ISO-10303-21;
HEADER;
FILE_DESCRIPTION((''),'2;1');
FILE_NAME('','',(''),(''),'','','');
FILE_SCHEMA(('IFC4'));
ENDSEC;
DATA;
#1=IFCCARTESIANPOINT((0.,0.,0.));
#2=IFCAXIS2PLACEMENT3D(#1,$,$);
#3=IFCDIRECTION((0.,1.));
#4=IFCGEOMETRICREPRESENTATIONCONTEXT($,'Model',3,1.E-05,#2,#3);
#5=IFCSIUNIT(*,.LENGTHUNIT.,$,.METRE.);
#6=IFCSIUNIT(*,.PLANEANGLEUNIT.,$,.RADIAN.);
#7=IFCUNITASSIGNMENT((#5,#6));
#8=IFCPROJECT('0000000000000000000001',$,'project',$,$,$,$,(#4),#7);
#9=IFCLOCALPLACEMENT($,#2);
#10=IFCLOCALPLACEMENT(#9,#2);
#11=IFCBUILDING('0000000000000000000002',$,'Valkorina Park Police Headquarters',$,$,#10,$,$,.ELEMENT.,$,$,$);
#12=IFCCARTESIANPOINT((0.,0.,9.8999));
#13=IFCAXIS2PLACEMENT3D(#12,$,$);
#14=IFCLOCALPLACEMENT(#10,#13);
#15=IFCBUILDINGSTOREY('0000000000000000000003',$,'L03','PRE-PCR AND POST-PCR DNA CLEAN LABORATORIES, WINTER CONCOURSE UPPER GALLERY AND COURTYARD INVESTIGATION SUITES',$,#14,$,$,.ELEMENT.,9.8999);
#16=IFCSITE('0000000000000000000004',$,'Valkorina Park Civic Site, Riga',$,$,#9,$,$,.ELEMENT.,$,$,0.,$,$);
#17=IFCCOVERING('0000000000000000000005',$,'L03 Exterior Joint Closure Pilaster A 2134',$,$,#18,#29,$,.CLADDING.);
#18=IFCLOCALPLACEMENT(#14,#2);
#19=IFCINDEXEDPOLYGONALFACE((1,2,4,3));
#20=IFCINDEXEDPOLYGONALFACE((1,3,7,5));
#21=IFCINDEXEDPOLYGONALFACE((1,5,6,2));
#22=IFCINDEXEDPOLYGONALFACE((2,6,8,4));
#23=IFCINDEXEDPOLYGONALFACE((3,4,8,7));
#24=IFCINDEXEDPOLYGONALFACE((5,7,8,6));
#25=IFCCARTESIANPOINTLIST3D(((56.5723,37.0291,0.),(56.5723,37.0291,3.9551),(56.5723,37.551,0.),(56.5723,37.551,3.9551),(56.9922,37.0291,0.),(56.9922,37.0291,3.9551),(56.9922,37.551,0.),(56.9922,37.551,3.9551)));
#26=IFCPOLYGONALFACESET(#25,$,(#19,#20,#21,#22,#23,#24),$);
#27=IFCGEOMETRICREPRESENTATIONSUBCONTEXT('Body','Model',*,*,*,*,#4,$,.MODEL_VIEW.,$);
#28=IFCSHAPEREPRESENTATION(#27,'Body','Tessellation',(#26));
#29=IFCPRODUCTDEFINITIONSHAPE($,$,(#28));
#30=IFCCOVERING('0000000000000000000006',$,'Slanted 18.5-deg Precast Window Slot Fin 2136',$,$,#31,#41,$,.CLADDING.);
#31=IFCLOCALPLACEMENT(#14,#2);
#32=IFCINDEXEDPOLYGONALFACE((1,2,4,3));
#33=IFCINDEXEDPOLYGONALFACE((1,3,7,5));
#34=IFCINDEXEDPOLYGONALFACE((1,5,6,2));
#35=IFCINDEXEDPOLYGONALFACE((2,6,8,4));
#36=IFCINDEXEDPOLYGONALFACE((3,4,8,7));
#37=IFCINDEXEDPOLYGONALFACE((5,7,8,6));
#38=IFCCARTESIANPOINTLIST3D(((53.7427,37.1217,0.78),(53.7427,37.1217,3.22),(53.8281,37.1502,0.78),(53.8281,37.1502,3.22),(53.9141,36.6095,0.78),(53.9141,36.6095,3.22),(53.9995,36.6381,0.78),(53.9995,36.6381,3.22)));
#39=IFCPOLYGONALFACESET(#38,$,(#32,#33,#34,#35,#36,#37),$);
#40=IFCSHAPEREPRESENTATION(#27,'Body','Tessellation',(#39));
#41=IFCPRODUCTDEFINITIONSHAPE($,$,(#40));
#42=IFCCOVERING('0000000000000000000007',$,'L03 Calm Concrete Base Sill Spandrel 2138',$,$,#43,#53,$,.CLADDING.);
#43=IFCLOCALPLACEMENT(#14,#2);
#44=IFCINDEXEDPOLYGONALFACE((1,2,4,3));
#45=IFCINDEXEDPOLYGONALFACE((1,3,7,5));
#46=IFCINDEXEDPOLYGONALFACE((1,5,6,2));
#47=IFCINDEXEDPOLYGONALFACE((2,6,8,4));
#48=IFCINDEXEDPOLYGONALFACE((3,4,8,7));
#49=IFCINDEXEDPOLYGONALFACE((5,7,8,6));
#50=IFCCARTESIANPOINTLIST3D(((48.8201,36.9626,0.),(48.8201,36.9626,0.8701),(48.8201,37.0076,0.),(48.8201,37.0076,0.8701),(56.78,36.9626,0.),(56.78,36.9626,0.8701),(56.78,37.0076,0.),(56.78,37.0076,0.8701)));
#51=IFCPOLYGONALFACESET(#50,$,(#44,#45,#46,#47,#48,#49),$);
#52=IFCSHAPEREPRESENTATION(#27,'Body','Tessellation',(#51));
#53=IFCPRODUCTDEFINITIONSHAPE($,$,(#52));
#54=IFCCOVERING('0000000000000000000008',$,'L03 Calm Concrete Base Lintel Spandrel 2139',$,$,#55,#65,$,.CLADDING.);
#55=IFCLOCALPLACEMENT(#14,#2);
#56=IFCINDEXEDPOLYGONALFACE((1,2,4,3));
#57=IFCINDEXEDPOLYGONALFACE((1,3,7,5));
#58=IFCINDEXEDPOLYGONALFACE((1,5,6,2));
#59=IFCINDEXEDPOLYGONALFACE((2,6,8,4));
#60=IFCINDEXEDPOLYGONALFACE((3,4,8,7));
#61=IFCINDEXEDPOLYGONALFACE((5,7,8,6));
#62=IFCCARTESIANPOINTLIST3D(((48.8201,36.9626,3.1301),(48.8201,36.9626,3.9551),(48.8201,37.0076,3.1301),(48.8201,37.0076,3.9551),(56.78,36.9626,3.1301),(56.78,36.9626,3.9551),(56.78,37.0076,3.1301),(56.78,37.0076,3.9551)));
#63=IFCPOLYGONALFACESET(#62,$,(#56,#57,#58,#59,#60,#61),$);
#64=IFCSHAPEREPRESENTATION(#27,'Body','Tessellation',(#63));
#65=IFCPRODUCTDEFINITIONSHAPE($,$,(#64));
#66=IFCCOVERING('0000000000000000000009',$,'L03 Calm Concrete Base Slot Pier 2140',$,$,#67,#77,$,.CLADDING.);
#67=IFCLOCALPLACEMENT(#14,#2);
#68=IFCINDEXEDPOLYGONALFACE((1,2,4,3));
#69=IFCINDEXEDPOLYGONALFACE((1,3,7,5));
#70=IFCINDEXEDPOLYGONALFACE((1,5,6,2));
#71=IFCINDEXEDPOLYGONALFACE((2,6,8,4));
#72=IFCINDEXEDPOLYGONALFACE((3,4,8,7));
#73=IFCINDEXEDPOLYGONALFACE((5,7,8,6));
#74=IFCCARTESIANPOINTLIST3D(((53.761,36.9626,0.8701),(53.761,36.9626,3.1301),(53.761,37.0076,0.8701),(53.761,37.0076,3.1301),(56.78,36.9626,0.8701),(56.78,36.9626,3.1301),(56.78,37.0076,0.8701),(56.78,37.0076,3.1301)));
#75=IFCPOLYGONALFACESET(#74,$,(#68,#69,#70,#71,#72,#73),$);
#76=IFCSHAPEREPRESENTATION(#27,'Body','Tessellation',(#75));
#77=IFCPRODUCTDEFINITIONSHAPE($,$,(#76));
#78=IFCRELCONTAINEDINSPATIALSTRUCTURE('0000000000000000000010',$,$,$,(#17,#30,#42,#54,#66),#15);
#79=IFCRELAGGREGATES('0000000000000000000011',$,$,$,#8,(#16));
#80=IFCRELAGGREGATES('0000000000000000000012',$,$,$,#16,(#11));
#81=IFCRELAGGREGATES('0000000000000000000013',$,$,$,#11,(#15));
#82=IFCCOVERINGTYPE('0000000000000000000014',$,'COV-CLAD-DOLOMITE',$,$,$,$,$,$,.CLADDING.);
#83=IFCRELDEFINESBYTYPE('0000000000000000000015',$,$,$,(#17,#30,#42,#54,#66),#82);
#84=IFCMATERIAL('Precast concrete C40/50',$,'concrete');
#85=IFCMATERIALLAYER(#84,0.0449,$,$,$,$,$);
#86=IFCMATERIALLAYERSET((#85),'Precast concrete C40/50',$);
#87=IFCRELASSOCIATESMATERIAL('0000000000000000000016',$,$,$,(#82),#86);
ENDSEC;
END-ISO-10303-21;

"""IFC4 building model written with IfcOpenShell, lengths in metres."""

from ifc_helpers import new_model, si_unit, direction, frame, frame_2d, origin, origin_2d, place, context, subcontext, project, spatial, rectangle, extrude, material, layer, layer_set, type_object, element, save


model = new_model("IFC4")

# Units and contexts
model_context = context("Model", 3, precision=1e-05, world=origin(), true_north=direction((0.0, 1.0)))
body_context = subcontext(model_context, "Body", "Model", "MODEL_VIEW")
ifc_project = project(units=[si_unit("LENGTHUNIT", "METRE"), si_unit("PLANEANGLEUNIT", "RADIAN")], contexts=[model_context])

# Site, building, storey
site_placement = place(None, origin())
site = spatial("IfcSite", under=ifc_project, at=site_placement, Name="Valkorina Park Civic Site, Riga", CompositionType="ELEMENT", RefElevation=0.0)
building_placement = place(site_placement, origin())
building = spatial("IfcBuilding", under=site, at=building_placement, Name="Valkorina Park Police Headquarters", CompositionType="ELEMENT")
storey_placement = place(building_placement, frame((0.0, 0.0, 9.8999)))
storey = spatial("IfcBuildingStorey", under=building, at=storey_placement, Name="L03", Description="PRE-PCR AND POST-PCR DNA CLEAN LABORATORIES, WINTER CONCOURSE UPPER GALLERY AND COURTYARD INVESTIGATION SUITES", CompositionType="ELEMENT", Elevation=9.8999)

# Coverings
ifc_material_1 = material(Name="Precast concrete C40/50", Category="concrete")
ifc_layer_1 = layer(ifc_material_1, 0.0449)
ifc_layer_set_1 = layer_set([ifc_layer_1], Name="Precast concrete C40/50")
covering_type = type_object("IfcCoveringType", Name="COV-CLAD-DOLOMITE", PredefinedType="CLADDING", material=ifc_layer_set_1)
covering_1_placement = place(storey_placement, frame((56.7822, 37.29, 0.0), z_axis=(0.0, 0.0, 1.0), x_axis=(1.0, 0.0, 0.0)))
element("IfcCovering", 1, at=covering_1_placement, inside=storey, type_object=covering_type, Name="L03 Exterior Joint Closure Pilaster A 2134", PredefinedType="CLADDING", context=body_context, shape_type="SweptSolid", body=[
    extrude(rectangle(XDim=0.4199, YDim=0.522, at=origin_2d()), origin(), (0.0, 0.0, 1.0), 3.9551),
])
covering_2_placement = place(storey_placement, frame((53.8711, 36.8799, 0.78), z_axis=(0.0, 0.0, 1.0), x_axis=(0.317305, -0.948324, 0.0)))
element("IfcCovering", 2, at=covering_2_placement, inside=storey, type_object=covering_type, Name="Slanted 18.5-deg Precast Window Slot Fin 2136", PredefinedType="CLADDING", context=body_context, shape_type="SweptSolid", body=[
    extrude(rectangle(XDim=0.54, YDim=0.0901, at=origin_2d()), origin(), (0.0, 0.0, 1.0), 2.4399),
])
covering_3_placement = place(storey_placement, frame((56.78, 36.9851, 0.0), z_axis=(0.0, 0.0, 1.0), x_axis=(-1.0, 0.0, 0.0)))
element("IfcCovering", 3, at=covering_3_placement, inside=storey, type_object=covering_type, Name="L03 Calm Concrete Base Sill Spandrel 2138", PredefinedType="CLADDING", context=body_context, shape_type="SweptSolid", body=[
    extrude(rectangle(XDim=7.96, YDim=0.0449, at=frame_2d((3.98, 0.0))), origin(), (0.0, 0.0, 1.0), 0.8701),
])
covering_4_placement = place(storey_placement, frame((56.78, 36.9851, 3.1301), z_axis=(0.0, 0.0, 1.0), x_axis=(-1.0, 0.0, 0.0)))
element("IfcCovering", 4, at=covering_4_placement, inside=storey, type_object=covering_type, Name="L03 Calm Concrete Base Lintel Spandrel 2139", PredefinedType="CLADDING", context=body_context, shape_type="SweptSolid", body=[
    extrude(rectangle(XDim=7.96, YDim=0.0449, at=frame_2d((3.98, 0.0))), origin(), (0.0, 0.0, 1.0), 0.825),
])
covering_5_placement = place(storey_placement, frame((56.78, 36.9851, 0.8701), z_axis=(0.0, 0.0, 1.0), x_axis=(-1.0, 0.0, 0.0)))
element("IfcCovering", 5, at=covering_5_placement, inside=storey, type_object=covering_type, Name="L03 Calm Concrete Base Slot Pier 2140", PredefinedType="CLADDING", context=body_context, shape_type="SweptSolid", body=[
    extrude(rectangle(XDim=3.019, YDim=0.0449, at=frame_2d((1.5095, 0.0))), origin(), (0.0, 0.0, 1.0), 2.26),
])

save(model, "model.ifc")
